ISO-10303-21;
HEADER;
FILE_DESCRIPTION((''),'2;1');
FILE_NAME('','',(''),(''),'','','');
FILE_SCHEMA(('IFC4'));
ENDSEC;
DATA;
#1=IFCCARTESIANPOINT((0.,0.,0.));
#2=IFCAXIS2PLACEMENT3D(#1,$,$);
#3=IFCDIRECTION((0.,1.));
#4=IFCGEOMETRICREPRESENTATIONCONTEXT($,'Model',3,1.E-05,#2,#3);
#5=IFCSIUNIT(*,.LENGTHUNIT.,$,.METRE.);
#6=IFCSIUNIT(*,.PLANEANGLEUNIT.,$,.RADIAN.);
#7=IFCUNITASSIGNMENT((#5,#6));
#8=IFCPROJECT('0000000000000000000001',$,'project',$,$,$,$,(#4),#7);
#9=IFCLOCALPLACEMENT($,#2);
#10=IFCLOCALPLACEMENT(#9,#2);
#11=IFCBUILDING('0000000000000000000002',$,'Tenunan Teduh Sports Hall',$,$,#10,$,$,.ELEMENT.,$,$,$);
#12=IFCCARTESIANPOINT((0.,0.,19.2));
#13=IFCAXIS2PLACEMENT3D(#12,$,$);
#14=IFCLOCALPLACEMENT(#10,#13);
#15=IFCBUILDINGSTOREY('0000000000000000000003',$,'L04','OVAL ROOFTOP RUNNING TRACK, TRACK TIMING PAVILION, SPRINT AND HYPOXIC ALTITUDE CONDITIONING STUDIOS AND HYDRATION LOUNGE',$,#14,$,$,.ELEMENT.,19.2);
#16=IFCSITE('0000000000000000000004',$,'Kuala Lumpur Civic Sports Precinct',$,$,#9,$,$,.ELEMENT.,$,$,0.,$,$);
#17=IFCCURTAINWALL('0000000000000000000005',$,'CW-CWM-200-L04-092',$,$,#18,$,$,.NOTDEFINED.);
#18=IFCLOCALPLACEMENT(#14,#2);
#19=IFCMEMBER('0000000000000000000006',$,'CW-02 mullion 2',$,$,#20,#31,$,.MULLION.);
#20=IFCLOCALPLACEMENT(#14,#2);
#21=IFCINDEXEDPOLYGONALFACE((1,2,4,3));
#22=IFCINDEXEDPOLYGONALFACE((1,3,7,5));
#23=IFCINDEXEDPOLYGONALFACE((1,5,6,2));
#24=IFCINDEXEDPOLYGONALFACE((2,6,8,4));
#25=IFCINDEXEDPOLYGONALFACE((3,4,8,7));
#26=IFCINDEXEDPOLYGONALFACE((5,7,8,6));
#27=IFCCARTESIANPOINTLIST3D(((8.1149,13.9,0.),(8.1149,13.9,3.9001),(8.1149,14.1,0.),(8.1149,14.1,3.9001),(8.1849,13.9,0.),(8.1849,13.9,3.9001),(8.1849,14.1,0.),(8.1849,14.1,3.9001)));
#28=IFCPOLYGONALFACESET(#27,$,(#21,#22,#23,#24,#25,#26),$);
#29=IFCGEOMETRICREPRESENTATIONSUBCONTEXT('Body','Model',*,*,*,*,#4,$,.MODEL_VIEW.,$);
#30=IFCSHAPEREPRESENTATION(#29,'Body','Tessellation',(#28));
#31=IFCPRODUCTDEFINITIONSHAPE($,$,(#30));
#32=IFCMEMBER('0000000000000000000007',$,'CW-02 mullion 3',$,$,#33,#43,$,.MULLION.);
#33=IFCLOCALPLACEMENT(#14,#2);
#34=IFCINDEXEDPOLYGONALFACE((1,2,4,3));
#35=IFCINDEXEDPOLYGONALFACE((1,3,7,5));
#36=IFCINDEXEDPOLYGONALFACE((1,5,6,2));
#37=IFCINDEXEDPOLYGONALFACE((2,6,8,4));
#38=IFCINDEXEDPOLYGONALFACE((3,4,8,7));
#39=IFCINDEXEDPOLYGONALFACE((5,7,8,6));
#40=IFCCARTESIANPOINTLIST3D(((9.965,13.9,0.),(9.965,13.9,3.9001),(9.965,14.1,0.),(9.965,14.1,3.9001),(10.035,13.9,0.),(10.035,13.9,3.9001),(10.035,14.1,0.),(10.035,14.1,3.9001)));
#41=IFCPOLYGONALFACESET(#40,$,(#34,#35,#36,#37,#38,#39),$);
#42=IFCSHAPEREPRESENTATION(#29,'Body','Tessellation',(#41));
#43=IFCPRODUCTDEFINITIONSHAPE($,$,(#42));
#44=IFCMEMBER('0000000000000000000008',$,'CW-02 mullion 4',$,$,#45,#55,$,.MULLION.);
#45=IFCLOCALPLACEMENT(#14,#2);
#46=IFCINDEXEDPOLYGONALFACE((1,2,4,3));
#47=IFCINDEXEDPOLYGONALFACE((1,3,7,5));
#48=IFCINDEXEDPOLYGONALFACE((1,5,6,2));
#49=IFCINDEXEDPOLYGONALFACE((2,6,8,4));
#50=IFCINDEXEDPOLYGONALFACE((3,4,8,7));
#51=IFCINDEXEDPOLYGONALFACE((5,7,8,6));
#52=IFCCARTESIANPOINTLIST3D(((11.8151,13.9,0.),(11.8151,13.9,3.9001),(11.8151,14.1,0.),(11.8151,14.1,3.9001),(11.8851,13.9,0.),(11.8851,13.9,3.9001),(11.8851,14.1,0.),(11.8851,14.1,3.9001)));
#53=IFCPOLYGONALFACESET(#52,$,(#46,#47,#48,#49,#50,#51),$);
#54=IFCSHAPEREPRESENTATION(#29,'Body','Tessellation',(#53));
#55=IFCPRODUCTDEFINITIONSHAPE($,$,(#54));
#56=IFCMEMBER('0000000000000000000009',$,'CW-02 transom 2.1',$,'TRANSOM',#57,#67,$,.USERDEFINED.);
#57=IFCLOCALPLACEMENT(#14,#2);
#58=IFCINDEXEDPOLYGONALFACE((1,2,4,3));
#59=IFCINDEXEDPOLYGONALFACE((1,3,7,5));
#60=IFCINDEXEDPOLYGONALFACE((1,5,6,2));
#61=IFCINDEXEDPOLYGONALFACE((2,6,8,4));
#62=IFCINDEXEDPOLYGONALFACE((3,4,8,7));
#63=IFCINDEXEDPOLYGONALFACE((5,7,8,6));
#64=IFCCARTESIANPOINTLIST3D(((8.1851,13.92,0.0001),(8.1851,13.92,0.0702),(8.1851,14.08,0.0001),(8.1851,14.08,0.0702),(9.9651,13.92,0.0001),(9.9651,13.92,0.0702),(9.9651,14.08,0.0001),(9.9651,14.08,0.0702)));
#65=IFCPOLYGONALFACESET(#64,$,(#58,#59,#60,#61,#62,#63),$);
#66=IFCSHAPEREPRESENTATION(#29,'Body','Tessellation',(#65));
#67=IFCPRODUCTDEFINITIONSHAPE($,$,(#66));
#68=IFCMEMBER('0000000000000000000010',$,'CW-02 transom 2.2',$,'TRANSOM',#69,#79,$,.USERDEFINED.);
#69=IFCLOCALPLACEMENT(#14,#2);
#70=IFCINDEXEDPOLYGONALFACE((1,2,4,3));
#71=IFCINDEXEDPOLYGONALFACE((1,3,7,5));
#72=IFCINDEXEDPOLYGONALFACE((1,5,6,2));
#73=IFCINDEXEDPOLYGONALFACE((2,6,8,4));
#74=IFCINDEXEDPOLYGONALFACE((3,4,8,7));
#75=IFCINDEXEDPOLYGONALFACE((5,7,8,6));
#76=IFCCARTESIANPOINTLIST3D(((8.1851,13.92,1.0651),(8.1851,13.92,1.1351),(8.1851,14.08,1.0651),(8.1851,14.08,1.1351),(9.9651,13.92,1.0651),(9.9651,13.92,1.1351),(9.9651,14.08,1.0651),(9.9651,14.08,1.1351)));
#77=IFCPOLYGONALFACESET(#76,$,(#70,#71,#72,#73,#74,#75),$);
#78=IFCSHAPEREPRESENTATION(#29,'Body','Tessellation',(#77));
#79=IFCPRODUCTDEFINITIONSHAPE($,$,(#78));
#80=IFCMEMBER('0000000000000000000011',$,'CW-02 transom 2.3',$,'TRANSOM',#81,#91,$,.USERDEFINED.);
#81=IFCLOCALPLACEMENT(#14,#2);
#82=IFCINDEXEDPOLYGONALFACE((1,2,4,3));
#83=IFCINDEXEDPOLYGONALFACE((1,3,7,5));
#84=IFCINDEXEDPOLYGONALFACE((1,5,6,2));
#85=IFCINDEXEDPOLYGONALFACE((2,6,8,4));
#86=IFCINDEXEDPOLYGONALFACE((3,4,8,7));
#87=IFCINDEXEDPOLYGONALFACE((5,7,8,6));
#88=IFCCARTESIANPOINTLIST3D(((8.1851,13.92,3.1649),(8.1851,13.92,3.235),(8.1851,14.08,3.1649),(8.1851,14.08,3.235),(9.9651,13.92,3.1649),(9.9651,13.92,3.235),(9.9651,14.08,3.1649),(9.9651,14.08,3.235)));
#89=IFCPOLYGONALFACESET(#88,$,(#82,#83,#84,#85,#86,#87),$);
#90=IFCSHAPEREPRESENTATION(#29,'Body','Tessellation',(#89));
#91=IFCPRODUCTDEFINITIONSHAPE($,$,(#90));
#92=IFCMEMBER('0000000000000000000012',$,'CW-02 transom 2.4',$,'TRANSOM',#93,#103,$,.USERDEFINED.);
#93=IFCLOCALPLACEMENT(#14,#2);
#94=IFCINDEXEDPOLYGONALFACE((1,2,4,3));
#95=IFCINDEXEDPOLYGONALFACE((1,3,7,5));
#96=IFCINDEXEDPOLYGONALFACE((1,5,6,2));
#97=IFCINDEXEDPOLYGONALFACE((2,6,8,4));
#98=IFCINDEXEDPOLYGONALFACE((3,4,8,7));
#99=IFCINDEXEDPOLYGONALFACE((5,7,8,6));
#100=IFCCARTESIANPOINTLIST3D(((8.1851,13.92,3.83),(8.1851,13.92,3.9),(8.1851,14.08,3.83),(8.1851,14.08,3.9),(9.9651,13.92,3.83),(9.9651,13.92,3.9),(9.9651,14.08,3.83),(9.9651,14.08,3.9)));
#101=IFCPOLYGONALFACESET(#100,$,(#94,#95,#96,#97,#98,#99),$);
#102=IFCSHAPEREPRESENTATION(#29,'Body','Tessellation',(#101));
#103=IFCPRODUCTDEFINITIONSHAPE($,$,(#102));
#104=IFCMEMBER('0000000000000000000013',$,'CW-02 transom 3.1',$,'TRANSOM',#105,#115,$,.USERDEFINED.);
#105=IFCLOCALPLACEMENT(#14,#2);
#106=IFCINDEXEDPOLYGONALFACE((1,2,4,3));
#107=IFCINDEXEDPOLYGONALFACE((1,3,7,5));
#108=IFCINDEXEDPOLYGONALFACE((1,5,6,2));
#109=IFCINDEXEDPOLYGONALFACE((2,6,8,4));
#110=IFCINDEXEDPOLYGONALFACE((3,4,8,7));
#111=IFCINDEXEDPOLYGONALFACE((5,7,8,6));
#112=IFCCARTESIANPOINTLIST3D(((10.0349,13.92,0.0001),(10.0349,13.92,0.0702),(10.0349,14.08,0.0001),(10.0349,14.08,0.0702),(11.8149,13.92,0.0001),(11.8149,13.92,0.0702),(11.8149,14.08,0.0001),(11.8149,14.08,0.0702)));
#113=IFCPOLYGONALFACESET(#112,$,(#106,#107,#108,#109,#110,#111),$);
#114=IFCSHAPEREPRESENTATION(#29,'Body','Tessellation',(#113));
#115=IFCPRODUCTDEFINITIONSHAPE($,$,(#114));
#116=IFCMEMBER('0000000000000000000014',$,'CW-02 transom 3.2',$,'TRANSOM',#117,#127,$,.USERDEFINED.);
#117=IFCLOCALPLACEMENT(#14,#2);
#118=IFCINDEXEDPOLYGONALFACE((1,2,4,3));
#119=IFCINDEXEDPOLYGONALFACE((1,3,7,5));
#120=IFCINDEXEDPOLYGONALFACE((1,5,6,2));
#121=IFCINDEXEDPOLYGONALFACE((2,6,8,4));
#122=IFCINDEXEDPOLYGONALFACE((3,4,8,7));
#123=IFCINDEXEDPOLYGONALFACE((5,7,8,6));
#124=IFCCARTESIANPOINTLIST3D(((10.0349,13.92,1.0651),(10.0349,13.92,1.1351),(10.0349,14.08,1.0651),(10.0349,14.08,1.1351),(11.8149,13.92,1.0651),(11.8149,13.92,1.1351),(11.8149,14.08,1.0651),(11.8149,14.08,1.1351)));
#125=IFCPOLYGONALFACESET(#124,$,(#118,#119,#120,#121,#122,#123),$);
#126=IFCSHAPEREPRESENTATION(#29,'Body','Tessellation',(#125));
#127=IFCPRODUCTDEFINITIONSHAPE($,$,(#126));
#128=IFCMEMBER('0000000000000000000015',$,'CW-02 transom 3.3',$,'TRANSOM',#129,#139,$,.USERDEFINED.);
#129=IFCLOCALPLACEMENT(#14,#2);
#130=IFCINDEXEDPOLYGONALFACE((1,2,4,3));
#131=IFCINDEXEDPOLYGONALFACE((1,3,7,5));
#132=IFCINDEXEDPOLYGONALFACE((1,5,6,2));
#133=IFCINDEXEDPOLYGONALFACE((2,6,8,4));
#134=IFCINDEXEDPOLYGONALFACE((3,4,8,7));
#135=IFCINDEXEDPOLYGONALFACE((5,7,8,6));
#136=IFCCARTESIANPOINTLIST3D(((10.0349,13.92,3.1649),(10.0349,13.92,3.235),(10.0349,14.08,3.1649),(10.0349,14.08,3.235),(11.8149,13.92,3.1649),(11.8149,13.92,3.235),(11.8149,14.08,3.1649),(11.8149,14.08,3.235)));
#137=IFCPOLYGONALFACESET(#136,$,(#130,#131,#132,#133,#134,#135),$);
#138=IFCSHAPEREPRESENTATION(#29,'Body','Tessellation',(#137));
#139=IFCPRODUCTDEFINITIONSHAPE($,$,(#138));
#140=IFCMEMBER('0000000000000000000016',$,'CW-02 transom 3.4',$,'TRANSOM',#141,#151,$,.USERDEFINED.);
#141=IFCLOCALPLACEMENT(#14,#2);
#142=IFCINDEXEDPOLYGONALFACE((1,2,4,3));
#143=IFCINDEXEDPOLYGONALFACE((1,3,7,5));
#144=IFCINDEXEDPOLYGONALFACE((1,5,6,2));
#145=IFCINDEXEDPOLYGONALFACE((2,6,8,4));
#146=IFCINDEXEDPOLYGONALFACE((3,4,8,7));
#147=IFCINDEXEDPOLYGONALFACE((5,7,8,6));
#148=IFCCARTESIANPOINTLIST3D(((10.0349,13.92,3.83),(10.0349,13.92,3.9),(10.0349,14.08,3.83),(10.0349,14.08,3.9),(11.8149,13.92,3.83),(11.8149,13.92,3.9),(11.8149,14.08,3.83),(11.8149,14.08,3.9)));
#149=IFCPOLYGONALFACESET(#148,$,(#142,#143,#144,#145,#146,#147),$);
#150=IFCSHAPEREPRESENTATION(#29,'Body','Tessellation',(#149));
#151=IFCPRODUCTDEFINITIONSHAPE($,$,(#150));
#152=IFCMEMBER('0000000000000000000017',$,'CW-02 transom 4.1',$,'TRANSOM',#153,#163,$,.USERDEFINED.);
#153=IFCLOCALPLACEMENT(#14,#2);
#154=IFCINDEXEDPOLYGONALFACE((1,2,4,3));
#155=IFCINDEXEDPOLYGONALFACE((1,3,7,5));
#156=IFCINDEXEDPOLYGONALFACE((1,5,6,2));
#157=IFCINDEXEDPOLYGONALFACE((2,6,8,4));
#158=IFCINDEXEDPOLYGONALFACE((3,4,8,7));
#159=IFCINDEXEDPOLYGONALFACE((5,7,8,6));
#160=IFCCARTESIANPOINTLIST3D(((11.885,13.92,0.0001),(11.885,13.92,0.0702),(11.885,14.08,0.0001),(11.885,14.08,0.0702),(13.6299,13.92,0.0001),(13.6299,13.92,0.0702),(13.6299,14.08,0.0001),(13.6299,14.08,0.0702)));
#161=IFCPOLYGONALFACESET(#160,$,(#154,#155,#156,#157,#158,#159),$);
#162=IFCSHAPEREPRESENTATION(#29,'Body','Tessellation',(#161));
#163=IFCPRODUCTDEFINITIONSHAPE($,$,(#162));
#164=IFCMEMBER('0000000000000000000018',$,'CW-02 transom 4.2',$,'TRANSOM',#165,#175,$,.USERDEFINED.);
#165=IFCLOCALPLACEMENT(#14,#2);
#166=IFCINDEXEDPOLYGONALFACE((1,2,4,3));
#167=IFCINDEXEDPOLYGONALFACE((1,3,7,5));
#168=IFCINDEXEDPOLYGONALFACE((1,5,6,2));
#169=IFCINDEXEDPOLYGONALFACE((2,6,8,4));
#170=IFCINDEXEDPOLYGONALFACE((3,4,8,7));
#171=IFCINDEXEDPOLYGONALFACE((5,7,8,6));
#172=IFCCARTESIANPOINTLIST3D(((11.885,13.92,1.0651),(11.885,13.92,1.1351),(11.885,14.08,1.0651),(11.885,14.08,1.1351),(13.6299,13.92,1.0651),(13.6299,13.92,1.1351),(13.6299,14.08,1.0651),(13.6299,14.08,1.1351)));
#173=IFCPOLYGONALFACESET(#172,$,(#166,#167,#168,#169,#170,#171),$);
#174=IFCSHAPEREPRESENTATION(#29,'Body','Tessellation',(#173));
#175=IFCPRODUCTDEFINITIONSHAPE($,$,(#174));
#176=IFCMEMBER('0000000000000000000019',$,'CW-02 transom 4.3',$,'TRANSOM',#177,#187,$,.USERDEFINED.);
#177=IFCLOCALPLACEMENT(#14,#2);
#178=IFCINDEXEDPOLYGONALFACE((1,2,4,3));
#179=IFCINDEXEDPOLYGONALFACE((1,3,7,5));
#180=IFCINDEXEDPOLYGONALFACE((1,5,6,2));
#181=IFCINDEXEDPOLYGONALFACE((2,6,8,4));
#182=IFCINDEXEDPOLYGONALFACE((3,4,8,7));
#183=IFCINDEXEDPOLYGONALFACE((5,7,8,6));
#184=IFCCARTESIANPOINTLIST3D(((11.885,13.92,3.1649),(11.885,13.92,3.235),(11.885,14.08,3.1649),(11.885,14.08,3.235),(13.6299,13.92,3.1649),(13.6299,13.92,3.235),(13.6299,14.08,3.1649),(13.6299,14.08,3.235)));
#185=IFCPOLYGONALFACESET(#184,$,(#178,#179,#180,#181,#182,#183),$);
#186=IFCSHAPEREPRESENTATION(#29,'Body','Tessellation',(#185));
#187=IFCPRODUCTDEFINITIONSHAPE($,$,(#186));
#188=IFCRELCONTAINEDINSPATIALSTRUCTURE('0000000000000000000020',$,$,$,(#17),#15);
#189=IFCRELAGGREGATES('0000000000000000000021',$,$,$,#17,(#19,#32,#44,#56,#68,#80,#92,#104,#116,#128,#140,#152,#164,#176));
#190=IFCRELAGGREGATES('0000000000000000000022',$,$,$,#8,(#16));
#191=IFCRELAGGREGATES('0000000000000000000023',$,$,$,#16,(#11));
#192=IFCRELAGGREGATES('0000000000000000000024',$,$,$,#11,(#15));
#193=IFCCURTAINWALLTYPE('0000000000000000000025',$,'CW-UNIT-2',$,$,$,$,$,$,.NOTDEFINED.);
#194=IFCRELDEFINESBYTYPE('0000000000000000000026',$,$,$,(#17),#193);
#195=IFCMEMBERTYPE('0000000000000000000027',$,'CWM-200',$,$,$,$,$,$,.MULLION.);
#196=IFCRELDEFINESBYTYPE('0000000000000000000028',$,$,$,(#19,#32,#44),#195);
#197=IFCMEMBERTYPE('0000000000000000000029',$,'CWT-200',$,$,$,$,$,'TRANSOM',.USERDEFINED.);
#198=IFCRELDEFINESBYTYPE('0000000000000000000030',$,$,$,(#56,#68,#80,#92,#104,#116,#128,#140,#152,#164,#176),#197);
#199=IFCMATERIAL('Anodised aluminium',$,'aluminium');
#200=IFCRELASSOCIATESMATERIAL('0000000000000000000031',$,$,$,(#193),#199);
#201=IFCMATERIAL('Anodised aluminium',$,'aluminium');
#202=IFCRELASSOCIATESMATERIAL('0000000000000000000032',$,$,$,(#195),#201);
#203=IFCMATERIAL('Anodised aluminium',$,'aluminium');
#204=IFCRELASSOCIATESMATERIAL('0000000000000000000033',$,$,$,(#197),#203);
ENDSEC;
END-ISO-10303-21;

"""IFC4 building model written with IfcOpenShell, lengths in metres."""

from ifc_helpers import new_model, si_unit, direction, frame, origin, origin_2d, place, context, subcontext, project, spatial, rectangle, extrude, material, material_profile, profile_set, type_object, element, aggregate, save


model = new_model("IFC4")

# Units and contexts
model_context = context("Model", 3, precision=1e-05, world=origin(), true_north=direction((0.0, 1.0)))
body_context = subcontext(model_context, "Body", "Model", "MODEL_VIEW")
ifc_project = project(units=[si_unit("LENGTHUNIT", "METRE"), si_unit("PLANEANGLEUNIT", "RADIAN")], contexts=[model_context])

# Site, building, storey
site_placement = place(None, origin())
site = spatial("IfcSite", under=ifc_project, at=site_placement, Name="Kuala Lumpur Civic Sports Precinct", CompositionType="ELEMENT", RefElevation=0.0)
building_placement = place(site_placement, origin())
building = spatial("IfcBuilding", under=site, at=building_placement, Name="Tenunan Teduh Sports Hall", CompositionType="ELEMENT")
storey_placement = place(building_placement, frame((0.0, 0.0, 19.2)))
storey = spatial("IfcBuildingStorey", under=building, at=storey_placement, Name="L04", Description="OVAL ROOFTOP RUNNING TRACK, TRACK TIMING PAVILION, SPRINT AND HYPOXIC ALTITUDE CONDITIONING STUDIOS AND HYDRATION LOUNGE", CompositionType="ELEMENT", Elevation=19.2)

# Curtain wall, members
ifc_material_1 = material(Name="Anodised aluminium", Category="aluminium")
curtain_wall_type = type_object("IfcCurtainWallType", Name="CW-UNIT-2", PredefinedType="NOTDEFINED", material=ifc_material_1)
curtain_wall_placement = place(storey_placement, origin())
curtain_wall = element("IfcCurtainWall", 1, at=curtain_wall_placement, inside=storey, type_object=curtain_wall_type, Name="CW-CWM-200-L04-092", PredefinedType="NOTDEFINED")
ifc_material_2 = material(Name="Anodised aluminium", Category="aluminium")
ifc_material_profile_1 = material_profile(ifc_material_2, rectangle(XDim=0.0701, YDim=0.2, at=origin_2d()), Name="CWM 70x200")
ifc_profile_set_1 = profile_set([ifc_material_profile_1], Name="Anodised aluminium")
member_type_1 = type_object("IfcMemberType", Name="CWM-200", PredefinedType="MULLION", material=ifc_profile_set_1)
member_1_placement = place(storey_placement, frame((8.1499, 14.0, 0.0), z_axis=(0.0, 0.0, 1.0), x_axis=(1.0, 0.0, 0.0)))
member_1 = element("IfcMember", 2, at=member_1_placement, type_object=member_type_1, Name="CW-02 mullion 2", PredefinedType="MULLION", context=body_context, shape_type="SweptSolid", body=[
    extrude(rectangle(XDim=0.0701, YDim=0.2, at=origin_2d()), origin(), (0.0, 0.0, 1.0), 3.9001),
])
member_2_placement = place(storey_placement, frame((10.0, 14.0, 0.0), z_axis=(0.0, 0.0, 1.0), x_axis=(1.0, 0.0, 0.0)))
member_2 = element("IfcMember", 3, at=member_2_placement, type_object=member_type_1, Name="CW-02 mullion 3", PredefinedType="MULLION", context=body_context, shape_type="SweptSolid", body=[
    extrude(rectangle(XDim=0.0701, YDim=0.2, at=origin_2d()), origin(), (0.0, 0.0, 1.0), 3.9001),
])
member_3_placement = place(storey_placement, frame((11.8501, 14.0, 0.0), z_axis=(0.0, 0.0, 1.0), x_axis=(1.0, 0.0, 0.0)))
member_3 = element("IfcMember", 4, at=member_3_placement, type_object=member_type_1, Name="CW-02 mullion 4", PredefinedType="MULLION", context=body_context, shape_type="SweptSolid", body=[
    extrude(rectangle(XDim=0.0701, YDim=0.2, at=origin_2d()), origin(), (0.0, 0.0, 1.0), 3.9001),
])
ifc_material_3 = material(Name="Anodised aluminium", Category="aluminium")
ifc_material_profile_2 = material_profile(ifc_material_3, rectangle(XDim=0.0701, YDim=0.1599, at=origin_2d()), Name="CWT 70x160")
ifc_profile_set_2 = profile_set([ifc_material_profile_2], Name="Anodised aluminium")
member_type_2 = type_object("IfcMemberType", Name="CWT-200", ElementType="TRANSOM", PredefinedType="USERDEFINED", material=ifc_profile_set_2)
member_4_placement = place(storey_placement, frame((8.1851, 14.0, 0.0352), z_axis=(1.0, 0.0, 0.0), x_axis=(0.0, 0.0, 1.0)))
member_4 = element("IfcMember", 5, at=member_4_placement, type_object=member_type_2, Name="CW-02 transom 2.1", ObjectType="TRANSOM", PredefinedType="USERDEFINED", context=body_context, shape_type="SweptSolid", body=[
    extrude(rectangle(XDim=0.0701, YDim=0.1599, at=origin_2d()), origin(), (0.0, 0.0, 1.0), 1.78),
])
member_5_placement = place(storey_placement, frame((8.1851, 14.0, 1.1001), z_axis=(1.0, 0.0, 0.0), x_axis=(0.0, 0.0, 1.0)))
member_5 = element("IfcMember", 6, at=member_5_placement, type_object=member_type_2, Name="CW-02 transom 2.2", ObjectType="TRANSOM", PredefinedType="USERDEFINED", context=body_context, shape_type="SweptSolid", body=[
    extrude(rectangle(XDim=0.0701, YDim=0.1599, at=origin_2d()), origin(), (0.0, 0.0, 1.0), 1.78),
])
member_6_placement = place(storey_placement, frame((8.1851, 14.0, 3.2), z_axis=(1.0, 0.0, 0.0), x_axis=(0.0, 0.0, 1.0)))
member_6 = element("IfcMember", 7, at=member_6_placement, type_object=member_type_2, Name="CW-02 transom 2.3", ObjectType="TRANSOM", PredefinedType="USERDEFINED", context=body_context, shape_type="SweptSolid", body=[
    extrude(rectangle(XDim=0.0701, YDim=0.1599, at=origin_2d()), origin(), (0.0, 0.0, 1.0), 1.78),
])
member_7_placement = place(storey_placement, frame((8.1851, 14.0, 3.865), z_axis=(1.0, 0.0, 0.0), x_axis=(0.0, 0.0, 1.0)))
member_7 = element("IfcMember", 8, at=member_7_placement, type_object=member_type_2, Name="CW-02 transom 2.4", ObjectType="TRANSOM", PredefinedType="USERDEFINED", context=body_context, shape_type="SweptSolid", body=[
    extrude(rectangle(XDim=0.0701, YDim=0.1599, at=origin_2d()), origin(), (0.0, 0.0, 1.0), 1.78),
])
member_8_placement = place(storey_placement, frame((10.0349, 14.0, 0.0352), z_axis=(1.0, 0.0, 0.0), x_axis=(0.0, 0.0, 1.0)))
member_8 = element("IfcMember", 9, at=member_8_placement, type_object=member_type_2, Name="CW-02 transom 3.1", ObjectType="TRANSOM", PredefinedType="USERDEFINED", context=body_context, shape_type="SweptSolid", body=[
    extrude(rectangle(XDim=0.0701, YDim=0.1599, at=origin_2d()), origin(), (0.0, 0.0, 1.0), 1.78),
])
member_9_placement = place(storey_placement, frame((10.0349, 14.0, 1.1001), z_axis=(1.0, 0.0, 0.0), x_axis=(0.0, 0.0, 1.0)))
member_9 = element("IfcMember", 10, at=member_9_placement, type_object=member_type_2, Name="CW-02 transom 3.2", ObjectType="TRANSOM", PredefinedType="USERDEFINED", context=body_context, shape_type="SweptSolid", body=[
    extrude(rectangle(XDim=0.0701, YDim=0.1599, at=origin_2d()), origin(), (0.0, 0.0, 1.0), 1.78),
])
member_10_placement = place(storey_placement, frame((10.0349, 14.0, 3.2), z_axis=(1.0, 0.0, 0.0), x_axis=(0.0, 0.0, 1.0)))
member_10 = element("IfcMember", 11, at=member_10_placement, type_object=member_type_2, Name="CW-02 transom 3.3", ObjectType="TRANSOM", PredefinedType="USERDEFINED", context=body_context, shape_type="SweptSolid", body=[
    extrude(rectangle(XDim=0.0701, YDim=0.1599, at=origin_2d()), origin(), (0.0, 0.0, 1.0), 1.78),
])
member_11_placement = place(storey_placement, frame((10.0349, 14.0, 3.865), z_axis=(1.0, 0.0, 0.0), x_axis=(0.0, 0.0, 1.0)))
member_11 = element("IfcMember", 12, at=member_11_placement, type_object=member_type_2, Name="CW-02 transom 3.4", ObjectType="TRANSOM", PredefinedType="USERDEFINED", context=body_context, shape_type="SweptSolid", body=[
    extrude(rectangle(XDim=0.0701, YDim=0.1599, at=origin_2d()), origin(), (0.0, 0.0, 1.0), 1.78),
])
member_12_placement = place(storey_placement, frame((11.885, 14.0, 0.0352), z_axis=(1.0, 0.0, 0.0), x_axis=(0.0, 0.0, 1.0)))
member_12 = element("IfcMember", 13, at=member_12_placement, type_object=member_type_2, Name="CW-02 transom 4.1", ObjectType="TRANSOM", PredefinedType="USERDEFINED", context=body_context, shape_type="SweptSolid", body=[
    extrude(rectangle(XDim=0.0701, YDim=0.1599, at=origin_2d()), origin(), (0.0, 0.0, 1.0), 1.7449),
])
member_13_placement = place(storey_placement, frame((11.885, 14.0, 1.1001), z_axis=(1.0, 0.0, 0.0), x_axis=(0.0, 0.0, 1.0)))
member_13 = element("IfcMember", 14, at=member_13_placement, type_object=member_type_2, Name="CW-02 transom 4.2", ObjectType="TRANSOM", PredefinedType="USERDEFINED", context=body_context, shape_type="SweptSolid", body=[
    extrude(rectangle(XDim=0.0701, YDim=0.1599, at=origin_2d()), origin(), (0.0, 0.0, 1.0), 1.7449),
])
member_14_placement = place(storey_placement, frame((11.885, 14.0, 3.2), z_axis=(1.0, 0.0, 0.0), x_axis=(0.0, 0.0, 1.0)))
member_14 = element("IfcMember", 15, at=member_14_placement, type_object=member_type_2, Name="CW-02 transom 4.3", ObjectType="TRANSOM", PredefinedType="USERDEFINED", context=body_context, shape_type="SweptSolid", body=[
    extrude(rectangle(XDim=0.0701, YDim=0.1599, at=origin_2d()), origin(), (0.0, 0.0, 1.0), 1.7449),
])
aggregate(curtain_wall, [member_1, member_2, member_3, member_4, member_5, member_6, member_7, member_8, member_9, member_10, member_11, member_12, member_13, member_14])

save(model, "model.ifc")
